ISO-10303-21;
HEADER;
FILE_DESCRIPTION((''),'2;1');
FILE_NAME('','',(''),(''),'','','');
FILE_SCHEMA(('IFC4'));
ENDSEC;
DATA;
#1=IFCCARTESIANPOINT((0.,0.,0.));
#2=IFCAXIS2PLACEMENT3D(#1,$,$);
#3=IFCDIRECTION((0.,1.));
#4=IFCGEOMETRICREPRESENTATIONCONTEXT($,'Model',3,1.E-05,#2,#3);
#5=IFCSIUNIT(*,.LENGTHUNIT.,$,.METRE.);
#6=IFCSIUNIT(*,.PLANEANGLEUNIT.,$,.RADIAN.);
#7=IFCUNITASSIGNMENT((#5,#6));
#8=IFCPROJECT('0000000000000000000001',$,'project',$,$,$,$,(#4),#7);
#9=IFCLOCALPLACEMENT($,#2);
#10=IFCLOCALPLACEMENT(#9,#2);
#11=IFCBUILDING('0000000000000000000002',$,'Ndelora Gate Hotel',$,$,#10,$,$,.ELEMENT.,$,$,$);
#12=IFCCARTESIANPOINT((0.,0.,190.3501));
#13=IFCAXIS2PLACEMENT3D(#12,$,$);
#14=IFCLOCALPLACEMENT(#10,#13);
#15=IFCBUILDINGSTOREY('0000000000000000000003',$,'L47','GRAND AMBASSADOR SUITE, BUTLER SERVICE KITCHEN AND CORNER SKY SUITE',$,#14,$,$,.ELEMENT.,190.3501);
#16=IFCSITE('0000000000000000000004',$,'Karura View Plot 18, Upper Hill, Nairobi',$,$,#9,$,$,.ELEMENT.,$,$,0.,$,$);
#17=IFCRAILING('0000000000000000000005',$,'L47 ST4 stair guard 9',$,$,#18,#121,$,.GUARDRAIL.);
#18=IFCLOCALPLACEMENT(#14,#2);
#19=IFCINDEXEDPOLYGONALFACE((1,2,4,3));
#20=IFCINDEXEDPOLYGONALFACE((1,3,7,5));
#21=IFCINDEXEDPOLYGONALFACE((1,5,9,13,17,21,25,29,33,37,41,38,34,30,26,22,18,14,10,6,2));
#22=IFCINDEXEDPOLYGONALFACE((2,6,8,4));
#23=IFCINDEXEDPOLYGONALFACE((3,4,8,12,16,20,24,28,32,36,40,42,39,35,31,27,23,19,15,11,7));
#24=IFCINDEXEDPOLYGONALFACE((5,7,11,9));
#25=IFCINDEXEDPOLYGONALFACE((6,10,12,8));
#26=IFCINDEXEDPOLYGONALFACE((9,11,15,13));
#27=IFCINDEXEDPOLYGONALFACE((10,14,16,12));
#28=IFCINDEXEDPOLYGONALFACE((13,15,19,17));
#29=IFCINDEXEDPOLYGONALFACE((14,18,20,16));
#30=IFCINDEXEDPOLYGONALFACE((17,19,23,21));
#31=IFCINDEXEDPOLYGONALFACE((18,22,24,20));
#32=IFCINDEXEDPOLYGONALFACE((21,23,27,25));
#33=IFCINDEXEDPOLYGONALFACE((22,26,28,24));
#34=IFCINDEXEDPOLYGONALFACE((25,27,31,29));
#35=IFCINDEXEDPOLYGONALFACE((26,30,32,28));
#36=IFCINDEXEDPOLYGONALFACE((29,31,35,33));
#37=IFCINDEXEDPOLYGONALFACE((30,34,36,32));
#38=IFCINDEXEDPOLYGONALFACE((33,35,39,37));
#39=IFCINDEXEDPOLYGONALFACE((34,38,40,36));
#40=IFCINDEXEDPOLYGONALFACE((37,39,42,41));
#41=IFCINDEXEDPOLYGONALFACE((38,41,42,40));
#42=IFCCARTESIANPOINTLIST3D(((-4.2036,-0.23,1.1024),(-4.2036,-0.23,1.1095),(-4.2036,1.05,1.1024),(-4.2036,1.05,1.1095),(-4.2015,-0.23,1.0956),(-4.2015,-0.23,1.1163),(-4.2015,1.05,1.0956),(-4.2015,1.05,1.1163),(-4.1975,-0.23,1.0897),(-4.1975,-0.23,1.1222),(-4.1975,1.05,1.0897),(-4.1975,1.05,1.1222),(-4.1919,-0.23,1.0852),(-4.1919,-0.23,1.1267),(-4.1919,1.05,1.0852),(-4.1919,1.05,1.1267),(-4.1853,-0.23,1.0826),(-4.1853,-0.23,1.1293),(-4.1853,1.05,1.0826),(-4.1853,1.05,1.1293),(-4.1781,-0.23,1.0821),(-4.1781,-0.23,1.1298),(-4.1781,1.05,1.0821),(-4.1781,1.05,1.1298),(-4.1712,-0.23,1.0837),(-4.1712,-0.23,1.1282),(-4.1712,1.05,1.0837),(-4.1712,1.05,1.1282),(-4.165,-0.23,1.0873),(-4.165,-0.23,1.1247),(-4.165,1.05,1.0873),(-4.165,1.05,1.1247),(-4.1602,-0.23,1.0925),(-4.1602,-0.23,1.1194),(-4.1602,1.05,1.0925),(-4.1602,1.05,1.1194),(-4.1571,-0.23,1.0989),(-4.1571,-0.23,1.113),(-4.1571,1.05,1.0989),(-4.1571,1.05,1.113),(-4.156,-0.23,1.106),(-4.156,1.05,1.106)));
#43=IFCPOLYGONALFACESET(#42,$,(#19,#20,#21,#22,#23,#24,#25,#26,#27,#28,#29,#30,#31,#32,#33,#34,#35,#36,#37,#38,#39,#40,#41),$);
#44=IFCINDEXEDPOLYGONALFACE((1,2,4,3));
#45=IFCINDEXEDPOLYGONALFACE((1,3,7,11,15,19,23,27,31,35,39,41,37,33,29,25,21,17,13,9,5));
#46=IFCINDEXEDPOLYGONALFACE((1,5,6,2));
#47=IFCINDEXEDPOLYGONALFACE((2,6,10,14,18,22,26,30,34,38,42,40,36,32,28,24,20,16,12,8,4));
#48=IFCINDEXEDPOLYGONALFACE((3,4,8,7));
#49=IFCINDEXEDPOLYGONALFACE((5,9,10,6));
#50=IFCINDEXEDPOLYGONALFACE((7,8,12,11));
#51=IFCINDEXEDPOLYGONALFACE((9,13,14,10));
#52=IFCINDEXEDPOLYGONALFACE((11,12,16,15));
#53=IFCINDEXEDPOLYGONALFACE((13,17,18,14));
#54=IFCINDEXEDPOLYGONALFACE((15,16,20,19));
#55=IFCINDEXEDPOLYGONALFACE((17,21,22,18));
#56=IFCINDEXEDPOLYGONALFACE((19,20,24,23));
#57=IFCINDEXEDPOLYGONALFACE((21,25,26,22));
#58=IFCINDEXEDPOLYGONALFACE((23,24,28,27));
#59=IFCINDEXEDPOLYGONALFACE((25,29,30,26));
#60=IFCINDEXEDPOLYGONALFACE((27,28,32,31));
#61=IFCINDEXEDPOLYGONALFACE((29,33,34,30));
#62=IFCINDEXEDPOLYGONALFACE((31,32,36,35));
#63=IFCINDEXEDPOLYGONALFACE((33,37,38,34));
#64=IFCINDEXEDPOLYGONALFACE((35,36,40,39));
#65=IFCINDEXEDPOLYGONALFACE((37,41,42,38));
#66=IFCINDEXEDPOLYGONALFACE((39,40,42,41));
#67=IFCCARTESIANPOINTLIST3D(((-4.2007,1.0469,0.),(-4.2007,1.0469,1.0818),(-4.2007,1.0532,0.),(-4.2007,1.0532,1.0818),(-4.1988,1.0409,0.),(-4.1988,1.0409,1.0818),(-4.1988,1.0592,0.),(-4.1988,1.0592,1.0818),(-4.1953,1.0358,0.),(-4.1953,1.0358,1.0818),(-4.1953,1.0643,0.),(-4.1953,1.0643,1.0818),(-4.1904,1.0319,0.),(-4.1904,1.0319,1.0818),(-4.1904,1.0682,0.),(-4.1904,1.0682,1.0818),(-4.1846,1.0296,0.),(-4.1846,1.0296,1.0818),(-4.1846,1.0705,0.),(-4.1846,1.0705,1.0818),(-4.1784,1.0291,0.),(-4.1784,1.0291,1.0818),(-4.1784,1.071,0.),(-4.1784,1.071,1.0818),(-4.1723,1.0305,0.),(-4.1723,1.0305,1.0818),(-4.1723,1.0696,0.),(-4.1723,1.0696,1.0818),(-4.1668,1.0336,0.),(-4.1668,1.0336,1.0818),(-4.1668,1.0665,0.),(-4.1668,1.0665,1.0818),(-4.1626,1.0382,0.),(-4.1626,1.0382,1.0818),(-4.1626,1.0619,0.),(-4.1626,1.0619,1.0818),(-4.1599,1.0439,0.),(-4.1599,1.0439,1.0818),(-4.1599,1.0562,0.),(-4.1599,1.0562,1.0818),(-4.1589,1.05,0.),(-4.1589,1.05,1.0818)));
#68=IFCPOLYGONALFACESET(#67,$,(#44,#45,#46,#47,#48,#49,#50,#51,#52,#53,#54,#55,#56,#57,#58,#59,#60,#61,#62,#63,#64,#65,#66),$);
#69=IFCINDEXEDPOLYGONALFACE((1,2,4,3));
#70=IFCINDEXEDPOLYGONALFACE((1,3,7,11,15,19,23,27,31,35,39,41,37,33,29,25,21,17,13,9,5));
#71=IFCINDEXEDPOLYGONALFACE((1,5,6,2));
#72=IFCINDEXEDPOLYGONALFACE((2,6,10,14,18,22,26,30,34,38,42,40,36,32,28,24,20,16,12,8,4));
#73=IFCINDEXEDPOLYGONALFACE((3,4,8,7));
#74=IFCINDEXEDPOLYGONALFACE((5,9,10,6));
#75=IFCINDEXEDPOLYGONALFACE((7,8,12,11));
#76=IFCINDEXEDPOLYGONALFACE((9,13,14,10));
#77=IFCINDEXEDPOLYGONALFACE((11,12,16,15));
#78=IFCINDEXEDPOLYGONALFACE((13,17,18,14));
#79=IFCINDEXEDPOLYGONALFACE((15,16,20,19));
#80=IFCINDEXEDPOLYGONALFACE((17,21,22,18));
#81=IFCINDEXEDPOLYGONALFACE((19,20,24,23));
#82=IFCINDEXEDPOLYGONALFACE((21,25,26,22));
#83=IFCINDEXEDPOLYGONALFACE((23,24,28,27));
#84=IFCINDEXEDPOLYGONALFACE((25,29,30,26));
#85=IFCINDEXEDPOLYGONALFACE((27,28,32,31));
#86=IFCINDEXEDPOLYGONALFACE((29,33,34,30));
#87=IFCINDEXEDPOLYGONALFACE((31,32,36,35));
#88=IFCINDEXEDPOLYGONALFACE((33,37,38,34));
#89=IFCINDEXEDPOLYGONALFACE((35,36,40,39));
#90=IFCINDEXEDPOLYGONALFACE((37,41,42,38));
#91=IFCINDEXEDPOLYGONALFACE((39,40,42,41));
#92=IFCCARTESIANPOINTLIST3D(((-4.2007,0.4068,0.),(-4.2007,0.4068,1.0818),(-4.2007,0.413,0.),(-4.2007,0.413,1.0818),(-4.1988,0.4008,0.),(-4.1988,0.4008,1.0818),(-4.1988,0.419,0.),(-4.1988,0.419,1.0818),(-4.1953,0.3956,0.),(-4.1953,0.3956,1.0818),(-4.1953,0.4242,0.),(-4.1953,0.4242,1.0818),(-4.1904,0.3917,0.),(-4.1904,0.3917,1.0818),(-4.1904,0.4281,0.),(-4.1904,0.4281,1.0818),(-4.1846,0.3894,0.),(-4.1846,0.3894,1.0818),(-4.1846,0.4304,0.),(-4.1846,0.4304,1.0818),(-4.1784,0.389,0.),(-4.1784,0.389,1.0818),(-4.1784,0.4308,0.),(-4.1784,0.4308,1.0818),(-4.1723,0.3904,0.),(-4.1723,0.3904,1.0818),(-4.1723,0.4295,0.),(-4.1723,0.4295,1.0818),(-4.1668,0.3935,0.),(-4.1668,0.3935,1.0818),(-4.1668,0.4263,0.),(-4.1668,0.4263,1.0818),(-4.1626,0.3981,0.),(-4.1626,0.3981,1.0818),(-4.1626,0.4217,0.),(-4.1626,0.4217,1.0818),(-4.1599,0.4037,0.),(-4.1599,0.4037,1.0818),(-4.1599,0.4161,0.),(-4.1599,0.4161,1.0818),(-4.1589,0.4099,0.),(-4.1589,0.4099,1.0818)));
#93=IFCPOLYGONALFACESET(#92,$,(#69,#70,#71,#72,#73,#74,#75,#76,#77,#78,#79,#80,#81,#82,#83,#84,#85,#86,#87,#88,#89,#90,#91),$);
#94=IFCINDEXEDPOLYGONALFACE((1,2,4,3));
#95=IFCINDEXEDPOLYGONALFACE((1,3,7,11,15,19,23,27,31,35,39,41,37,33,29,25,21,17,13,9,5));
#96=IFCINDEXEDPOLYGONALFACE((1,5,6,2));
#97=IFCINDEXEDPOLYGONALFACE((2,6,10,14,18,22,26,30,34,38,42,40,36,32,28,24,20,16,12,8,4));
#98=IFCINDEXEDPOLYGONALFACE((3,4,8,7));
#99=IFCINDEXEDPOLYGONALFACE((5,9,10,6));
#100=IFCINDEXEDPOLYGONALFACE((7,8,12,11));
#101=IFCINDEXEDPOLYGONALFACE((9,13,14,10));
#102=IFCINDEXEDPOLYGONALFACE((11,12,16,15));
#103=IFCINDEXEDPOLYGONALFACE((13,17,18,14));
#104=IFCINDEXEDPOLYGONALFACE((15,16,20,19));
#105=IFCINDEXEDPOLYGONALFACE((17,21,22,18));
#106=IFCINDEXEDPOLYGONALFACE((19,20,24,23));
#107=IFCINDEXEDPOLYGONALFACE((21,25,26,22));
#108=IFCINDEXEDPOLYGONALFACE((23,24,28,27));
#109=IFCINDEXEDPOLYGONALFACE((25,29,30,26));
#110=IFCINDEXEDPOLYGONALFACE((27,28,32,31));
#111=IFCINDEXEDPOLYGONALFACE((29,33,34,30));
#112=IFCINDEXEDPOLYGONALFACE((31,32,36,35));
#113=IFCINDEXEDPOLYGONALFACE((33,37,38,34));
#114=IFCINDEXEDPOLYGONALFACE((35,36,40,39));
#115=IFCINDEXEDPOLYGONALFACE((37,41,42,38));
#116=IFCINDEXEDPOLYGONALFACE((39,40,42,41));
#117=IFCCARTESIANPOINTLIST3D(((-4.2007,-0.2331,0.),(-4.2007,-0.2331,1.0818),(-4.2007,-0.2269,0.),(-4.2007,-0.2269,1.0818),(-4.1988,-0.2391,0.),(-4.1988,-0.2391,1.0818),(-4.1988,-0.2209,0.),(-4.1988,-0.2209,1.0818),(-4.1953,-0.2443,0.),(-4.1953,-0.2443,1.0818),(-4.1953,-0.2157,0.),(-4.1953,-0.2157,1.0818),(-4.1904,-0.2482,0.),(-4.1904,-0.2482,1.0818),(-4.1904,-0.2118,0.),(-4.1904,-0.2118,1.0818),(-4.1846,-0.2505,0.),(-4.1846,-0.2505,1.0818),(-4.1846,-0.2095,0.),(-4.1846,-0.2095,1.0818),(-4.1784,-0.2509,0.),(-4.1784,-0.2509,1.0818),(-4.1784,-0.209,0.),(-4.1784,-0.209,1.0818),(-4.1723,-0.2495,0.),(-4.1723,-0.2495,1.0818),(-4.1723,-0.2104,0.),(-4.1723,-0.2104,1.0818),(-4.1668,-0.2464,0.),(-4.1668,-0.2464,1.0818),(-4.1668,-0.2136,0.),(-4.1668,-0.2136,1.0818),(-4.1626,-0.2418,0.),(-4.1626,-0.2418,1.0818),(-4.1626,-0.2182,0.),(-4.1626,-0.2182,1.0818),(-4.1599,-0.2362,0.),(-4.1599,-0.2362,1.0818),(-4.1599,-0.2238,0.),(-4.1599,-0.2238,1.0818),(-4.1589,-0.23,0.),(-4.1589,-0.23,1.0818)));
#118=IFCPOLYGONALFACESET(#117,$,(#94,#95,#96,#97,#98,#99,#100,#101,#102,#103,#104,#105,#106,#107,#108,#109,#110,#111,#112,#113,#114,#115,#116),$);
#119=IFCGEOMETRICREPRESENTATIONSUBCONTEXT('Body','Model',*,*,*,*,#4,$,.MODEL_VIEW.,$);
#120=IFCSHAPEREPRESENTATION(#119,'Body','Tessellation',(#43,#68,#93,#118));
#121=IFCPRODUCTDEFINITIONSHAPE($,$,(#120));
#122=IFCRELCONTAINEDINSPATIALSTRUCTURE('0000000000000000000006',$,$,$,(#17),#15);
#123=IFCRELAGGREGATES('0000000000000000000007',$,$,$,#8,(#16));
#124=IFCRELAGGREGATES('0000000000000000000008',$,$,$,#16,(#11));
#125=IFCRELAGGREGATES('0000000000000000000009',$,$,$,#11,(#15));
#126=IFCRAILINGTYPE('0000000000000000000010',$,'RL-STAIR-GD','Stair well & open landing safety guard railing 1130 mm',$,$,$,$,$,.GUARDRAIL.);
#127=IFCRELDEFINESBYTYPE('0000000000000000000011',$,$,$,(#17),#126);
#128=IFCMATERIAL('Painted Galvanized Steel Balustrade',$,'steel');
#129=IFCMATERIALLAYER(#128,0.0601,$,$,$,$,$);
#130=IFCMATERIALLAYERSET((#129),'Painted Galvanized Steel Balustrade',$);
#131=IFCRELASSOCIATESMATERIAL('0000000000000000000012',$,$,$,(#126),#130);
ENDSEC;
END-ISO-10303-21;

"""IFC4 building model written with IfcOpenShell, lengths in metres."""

from ifc_helpers import new_model, si_unit, direction, frame, origin, origin_2d, place, context, subcontext, project, spatial, circle, extrude, material, layer, layer_set, type_object, element, save


model = new_model("IFC4")

# Units and contexts
model_context = context("Model", 3, precision=1e-05, world=origin(), true_north=direction((0.0, 1.0)))
body_context = subcontext(model_context, "Body", "Model", "MODEL_VIEW")
ifc_project = project(units=[si_unit("LENGTHUNIT", "METRE"), si_unit("PLANEANGLEUNIT", "RADIAN")], contexts=[model_context])

# Site, building, storey
site_placement = place(None, origin())
site = spatial("IfcSite", under=ifc_project, at=site_placement, Name="Karura View Plot 18, Upper Hill, Nairobi", CompositionType="ELEMENT", RefElevation=0.0)
building_placement = place(site_placement, origin())
building = spatial("IfcBuilding", under=site, at=building_placement, Name="Ndelora Gate Hotel", CompositionType="ELEMENT")
storey_placement = place(building_placement, frame((0.0, 0.0, 190.3501)))
storey = spatial("IfcBuildingStorey", under=building, at=storey_placement, Name="L47", Description="GRAND AMBASSADOR SUITE, BUTLER SERVICE KITCHEN AND CORNER SKY SUITE", CompositionType="ELEMENT", Elevation=190.3501)

# Railing
ifc_material_1 = material(Name="Painted Galvanized Steel Balustrade", Category="steel")
ifc_layer_1 = layer(ifc_material_1, 0.0601)
ifc_layer_set_1 = layer_set([ifc_layer_1], Name="Painted Galvanized Steel Balustrade")
railing_type = type_object("IfcRailingType", Name="RL-STAIR-GD", Description="Stair well & open landing safety guard railing 1130 mm", PredefinedType="GUARDRAIL", material=ifc_layer_set_1)
for number, where, name in (
    (1, (-4.1799, 1.05, 0.0), "L47 ST4 stair guard 9"),
):
    element("IfcRailing", number, at=place(storey_placement, frame(where)), inside=storey, type_object=railing_type, Name=name, PredefinedType="GUARDRAIL", context=body_context, shape_type="SweptSolid", body=[
        extrude(circle(Radius=0.0239, at=origin_2d()), frame((0.0, 0.0, 1.106), z_axis=(0.0, -1.0, 0.0), x_axis=(1.0, 0.0, 0.0)), (0.0, 0.0, 1.0), 1.28),
        extrude(circle(Radius=0.021, at=origin_2d()), origin(), (0.0, 0.0, 1.0), 1.0818),
        extrude(circle(Radius=0.021, at=origin_2d()), frame((0.0, -0.6401, 0.0)), (0.0, 0.0, 1.0), 1.0818),
        extrude(circle(Radius=0.021, at=origin_2d()), frame((0.0, -1.28, 0.0)), (0.0, 0.0, 1.0), 1.0818),
    ])

save(model, "model.ifc")
